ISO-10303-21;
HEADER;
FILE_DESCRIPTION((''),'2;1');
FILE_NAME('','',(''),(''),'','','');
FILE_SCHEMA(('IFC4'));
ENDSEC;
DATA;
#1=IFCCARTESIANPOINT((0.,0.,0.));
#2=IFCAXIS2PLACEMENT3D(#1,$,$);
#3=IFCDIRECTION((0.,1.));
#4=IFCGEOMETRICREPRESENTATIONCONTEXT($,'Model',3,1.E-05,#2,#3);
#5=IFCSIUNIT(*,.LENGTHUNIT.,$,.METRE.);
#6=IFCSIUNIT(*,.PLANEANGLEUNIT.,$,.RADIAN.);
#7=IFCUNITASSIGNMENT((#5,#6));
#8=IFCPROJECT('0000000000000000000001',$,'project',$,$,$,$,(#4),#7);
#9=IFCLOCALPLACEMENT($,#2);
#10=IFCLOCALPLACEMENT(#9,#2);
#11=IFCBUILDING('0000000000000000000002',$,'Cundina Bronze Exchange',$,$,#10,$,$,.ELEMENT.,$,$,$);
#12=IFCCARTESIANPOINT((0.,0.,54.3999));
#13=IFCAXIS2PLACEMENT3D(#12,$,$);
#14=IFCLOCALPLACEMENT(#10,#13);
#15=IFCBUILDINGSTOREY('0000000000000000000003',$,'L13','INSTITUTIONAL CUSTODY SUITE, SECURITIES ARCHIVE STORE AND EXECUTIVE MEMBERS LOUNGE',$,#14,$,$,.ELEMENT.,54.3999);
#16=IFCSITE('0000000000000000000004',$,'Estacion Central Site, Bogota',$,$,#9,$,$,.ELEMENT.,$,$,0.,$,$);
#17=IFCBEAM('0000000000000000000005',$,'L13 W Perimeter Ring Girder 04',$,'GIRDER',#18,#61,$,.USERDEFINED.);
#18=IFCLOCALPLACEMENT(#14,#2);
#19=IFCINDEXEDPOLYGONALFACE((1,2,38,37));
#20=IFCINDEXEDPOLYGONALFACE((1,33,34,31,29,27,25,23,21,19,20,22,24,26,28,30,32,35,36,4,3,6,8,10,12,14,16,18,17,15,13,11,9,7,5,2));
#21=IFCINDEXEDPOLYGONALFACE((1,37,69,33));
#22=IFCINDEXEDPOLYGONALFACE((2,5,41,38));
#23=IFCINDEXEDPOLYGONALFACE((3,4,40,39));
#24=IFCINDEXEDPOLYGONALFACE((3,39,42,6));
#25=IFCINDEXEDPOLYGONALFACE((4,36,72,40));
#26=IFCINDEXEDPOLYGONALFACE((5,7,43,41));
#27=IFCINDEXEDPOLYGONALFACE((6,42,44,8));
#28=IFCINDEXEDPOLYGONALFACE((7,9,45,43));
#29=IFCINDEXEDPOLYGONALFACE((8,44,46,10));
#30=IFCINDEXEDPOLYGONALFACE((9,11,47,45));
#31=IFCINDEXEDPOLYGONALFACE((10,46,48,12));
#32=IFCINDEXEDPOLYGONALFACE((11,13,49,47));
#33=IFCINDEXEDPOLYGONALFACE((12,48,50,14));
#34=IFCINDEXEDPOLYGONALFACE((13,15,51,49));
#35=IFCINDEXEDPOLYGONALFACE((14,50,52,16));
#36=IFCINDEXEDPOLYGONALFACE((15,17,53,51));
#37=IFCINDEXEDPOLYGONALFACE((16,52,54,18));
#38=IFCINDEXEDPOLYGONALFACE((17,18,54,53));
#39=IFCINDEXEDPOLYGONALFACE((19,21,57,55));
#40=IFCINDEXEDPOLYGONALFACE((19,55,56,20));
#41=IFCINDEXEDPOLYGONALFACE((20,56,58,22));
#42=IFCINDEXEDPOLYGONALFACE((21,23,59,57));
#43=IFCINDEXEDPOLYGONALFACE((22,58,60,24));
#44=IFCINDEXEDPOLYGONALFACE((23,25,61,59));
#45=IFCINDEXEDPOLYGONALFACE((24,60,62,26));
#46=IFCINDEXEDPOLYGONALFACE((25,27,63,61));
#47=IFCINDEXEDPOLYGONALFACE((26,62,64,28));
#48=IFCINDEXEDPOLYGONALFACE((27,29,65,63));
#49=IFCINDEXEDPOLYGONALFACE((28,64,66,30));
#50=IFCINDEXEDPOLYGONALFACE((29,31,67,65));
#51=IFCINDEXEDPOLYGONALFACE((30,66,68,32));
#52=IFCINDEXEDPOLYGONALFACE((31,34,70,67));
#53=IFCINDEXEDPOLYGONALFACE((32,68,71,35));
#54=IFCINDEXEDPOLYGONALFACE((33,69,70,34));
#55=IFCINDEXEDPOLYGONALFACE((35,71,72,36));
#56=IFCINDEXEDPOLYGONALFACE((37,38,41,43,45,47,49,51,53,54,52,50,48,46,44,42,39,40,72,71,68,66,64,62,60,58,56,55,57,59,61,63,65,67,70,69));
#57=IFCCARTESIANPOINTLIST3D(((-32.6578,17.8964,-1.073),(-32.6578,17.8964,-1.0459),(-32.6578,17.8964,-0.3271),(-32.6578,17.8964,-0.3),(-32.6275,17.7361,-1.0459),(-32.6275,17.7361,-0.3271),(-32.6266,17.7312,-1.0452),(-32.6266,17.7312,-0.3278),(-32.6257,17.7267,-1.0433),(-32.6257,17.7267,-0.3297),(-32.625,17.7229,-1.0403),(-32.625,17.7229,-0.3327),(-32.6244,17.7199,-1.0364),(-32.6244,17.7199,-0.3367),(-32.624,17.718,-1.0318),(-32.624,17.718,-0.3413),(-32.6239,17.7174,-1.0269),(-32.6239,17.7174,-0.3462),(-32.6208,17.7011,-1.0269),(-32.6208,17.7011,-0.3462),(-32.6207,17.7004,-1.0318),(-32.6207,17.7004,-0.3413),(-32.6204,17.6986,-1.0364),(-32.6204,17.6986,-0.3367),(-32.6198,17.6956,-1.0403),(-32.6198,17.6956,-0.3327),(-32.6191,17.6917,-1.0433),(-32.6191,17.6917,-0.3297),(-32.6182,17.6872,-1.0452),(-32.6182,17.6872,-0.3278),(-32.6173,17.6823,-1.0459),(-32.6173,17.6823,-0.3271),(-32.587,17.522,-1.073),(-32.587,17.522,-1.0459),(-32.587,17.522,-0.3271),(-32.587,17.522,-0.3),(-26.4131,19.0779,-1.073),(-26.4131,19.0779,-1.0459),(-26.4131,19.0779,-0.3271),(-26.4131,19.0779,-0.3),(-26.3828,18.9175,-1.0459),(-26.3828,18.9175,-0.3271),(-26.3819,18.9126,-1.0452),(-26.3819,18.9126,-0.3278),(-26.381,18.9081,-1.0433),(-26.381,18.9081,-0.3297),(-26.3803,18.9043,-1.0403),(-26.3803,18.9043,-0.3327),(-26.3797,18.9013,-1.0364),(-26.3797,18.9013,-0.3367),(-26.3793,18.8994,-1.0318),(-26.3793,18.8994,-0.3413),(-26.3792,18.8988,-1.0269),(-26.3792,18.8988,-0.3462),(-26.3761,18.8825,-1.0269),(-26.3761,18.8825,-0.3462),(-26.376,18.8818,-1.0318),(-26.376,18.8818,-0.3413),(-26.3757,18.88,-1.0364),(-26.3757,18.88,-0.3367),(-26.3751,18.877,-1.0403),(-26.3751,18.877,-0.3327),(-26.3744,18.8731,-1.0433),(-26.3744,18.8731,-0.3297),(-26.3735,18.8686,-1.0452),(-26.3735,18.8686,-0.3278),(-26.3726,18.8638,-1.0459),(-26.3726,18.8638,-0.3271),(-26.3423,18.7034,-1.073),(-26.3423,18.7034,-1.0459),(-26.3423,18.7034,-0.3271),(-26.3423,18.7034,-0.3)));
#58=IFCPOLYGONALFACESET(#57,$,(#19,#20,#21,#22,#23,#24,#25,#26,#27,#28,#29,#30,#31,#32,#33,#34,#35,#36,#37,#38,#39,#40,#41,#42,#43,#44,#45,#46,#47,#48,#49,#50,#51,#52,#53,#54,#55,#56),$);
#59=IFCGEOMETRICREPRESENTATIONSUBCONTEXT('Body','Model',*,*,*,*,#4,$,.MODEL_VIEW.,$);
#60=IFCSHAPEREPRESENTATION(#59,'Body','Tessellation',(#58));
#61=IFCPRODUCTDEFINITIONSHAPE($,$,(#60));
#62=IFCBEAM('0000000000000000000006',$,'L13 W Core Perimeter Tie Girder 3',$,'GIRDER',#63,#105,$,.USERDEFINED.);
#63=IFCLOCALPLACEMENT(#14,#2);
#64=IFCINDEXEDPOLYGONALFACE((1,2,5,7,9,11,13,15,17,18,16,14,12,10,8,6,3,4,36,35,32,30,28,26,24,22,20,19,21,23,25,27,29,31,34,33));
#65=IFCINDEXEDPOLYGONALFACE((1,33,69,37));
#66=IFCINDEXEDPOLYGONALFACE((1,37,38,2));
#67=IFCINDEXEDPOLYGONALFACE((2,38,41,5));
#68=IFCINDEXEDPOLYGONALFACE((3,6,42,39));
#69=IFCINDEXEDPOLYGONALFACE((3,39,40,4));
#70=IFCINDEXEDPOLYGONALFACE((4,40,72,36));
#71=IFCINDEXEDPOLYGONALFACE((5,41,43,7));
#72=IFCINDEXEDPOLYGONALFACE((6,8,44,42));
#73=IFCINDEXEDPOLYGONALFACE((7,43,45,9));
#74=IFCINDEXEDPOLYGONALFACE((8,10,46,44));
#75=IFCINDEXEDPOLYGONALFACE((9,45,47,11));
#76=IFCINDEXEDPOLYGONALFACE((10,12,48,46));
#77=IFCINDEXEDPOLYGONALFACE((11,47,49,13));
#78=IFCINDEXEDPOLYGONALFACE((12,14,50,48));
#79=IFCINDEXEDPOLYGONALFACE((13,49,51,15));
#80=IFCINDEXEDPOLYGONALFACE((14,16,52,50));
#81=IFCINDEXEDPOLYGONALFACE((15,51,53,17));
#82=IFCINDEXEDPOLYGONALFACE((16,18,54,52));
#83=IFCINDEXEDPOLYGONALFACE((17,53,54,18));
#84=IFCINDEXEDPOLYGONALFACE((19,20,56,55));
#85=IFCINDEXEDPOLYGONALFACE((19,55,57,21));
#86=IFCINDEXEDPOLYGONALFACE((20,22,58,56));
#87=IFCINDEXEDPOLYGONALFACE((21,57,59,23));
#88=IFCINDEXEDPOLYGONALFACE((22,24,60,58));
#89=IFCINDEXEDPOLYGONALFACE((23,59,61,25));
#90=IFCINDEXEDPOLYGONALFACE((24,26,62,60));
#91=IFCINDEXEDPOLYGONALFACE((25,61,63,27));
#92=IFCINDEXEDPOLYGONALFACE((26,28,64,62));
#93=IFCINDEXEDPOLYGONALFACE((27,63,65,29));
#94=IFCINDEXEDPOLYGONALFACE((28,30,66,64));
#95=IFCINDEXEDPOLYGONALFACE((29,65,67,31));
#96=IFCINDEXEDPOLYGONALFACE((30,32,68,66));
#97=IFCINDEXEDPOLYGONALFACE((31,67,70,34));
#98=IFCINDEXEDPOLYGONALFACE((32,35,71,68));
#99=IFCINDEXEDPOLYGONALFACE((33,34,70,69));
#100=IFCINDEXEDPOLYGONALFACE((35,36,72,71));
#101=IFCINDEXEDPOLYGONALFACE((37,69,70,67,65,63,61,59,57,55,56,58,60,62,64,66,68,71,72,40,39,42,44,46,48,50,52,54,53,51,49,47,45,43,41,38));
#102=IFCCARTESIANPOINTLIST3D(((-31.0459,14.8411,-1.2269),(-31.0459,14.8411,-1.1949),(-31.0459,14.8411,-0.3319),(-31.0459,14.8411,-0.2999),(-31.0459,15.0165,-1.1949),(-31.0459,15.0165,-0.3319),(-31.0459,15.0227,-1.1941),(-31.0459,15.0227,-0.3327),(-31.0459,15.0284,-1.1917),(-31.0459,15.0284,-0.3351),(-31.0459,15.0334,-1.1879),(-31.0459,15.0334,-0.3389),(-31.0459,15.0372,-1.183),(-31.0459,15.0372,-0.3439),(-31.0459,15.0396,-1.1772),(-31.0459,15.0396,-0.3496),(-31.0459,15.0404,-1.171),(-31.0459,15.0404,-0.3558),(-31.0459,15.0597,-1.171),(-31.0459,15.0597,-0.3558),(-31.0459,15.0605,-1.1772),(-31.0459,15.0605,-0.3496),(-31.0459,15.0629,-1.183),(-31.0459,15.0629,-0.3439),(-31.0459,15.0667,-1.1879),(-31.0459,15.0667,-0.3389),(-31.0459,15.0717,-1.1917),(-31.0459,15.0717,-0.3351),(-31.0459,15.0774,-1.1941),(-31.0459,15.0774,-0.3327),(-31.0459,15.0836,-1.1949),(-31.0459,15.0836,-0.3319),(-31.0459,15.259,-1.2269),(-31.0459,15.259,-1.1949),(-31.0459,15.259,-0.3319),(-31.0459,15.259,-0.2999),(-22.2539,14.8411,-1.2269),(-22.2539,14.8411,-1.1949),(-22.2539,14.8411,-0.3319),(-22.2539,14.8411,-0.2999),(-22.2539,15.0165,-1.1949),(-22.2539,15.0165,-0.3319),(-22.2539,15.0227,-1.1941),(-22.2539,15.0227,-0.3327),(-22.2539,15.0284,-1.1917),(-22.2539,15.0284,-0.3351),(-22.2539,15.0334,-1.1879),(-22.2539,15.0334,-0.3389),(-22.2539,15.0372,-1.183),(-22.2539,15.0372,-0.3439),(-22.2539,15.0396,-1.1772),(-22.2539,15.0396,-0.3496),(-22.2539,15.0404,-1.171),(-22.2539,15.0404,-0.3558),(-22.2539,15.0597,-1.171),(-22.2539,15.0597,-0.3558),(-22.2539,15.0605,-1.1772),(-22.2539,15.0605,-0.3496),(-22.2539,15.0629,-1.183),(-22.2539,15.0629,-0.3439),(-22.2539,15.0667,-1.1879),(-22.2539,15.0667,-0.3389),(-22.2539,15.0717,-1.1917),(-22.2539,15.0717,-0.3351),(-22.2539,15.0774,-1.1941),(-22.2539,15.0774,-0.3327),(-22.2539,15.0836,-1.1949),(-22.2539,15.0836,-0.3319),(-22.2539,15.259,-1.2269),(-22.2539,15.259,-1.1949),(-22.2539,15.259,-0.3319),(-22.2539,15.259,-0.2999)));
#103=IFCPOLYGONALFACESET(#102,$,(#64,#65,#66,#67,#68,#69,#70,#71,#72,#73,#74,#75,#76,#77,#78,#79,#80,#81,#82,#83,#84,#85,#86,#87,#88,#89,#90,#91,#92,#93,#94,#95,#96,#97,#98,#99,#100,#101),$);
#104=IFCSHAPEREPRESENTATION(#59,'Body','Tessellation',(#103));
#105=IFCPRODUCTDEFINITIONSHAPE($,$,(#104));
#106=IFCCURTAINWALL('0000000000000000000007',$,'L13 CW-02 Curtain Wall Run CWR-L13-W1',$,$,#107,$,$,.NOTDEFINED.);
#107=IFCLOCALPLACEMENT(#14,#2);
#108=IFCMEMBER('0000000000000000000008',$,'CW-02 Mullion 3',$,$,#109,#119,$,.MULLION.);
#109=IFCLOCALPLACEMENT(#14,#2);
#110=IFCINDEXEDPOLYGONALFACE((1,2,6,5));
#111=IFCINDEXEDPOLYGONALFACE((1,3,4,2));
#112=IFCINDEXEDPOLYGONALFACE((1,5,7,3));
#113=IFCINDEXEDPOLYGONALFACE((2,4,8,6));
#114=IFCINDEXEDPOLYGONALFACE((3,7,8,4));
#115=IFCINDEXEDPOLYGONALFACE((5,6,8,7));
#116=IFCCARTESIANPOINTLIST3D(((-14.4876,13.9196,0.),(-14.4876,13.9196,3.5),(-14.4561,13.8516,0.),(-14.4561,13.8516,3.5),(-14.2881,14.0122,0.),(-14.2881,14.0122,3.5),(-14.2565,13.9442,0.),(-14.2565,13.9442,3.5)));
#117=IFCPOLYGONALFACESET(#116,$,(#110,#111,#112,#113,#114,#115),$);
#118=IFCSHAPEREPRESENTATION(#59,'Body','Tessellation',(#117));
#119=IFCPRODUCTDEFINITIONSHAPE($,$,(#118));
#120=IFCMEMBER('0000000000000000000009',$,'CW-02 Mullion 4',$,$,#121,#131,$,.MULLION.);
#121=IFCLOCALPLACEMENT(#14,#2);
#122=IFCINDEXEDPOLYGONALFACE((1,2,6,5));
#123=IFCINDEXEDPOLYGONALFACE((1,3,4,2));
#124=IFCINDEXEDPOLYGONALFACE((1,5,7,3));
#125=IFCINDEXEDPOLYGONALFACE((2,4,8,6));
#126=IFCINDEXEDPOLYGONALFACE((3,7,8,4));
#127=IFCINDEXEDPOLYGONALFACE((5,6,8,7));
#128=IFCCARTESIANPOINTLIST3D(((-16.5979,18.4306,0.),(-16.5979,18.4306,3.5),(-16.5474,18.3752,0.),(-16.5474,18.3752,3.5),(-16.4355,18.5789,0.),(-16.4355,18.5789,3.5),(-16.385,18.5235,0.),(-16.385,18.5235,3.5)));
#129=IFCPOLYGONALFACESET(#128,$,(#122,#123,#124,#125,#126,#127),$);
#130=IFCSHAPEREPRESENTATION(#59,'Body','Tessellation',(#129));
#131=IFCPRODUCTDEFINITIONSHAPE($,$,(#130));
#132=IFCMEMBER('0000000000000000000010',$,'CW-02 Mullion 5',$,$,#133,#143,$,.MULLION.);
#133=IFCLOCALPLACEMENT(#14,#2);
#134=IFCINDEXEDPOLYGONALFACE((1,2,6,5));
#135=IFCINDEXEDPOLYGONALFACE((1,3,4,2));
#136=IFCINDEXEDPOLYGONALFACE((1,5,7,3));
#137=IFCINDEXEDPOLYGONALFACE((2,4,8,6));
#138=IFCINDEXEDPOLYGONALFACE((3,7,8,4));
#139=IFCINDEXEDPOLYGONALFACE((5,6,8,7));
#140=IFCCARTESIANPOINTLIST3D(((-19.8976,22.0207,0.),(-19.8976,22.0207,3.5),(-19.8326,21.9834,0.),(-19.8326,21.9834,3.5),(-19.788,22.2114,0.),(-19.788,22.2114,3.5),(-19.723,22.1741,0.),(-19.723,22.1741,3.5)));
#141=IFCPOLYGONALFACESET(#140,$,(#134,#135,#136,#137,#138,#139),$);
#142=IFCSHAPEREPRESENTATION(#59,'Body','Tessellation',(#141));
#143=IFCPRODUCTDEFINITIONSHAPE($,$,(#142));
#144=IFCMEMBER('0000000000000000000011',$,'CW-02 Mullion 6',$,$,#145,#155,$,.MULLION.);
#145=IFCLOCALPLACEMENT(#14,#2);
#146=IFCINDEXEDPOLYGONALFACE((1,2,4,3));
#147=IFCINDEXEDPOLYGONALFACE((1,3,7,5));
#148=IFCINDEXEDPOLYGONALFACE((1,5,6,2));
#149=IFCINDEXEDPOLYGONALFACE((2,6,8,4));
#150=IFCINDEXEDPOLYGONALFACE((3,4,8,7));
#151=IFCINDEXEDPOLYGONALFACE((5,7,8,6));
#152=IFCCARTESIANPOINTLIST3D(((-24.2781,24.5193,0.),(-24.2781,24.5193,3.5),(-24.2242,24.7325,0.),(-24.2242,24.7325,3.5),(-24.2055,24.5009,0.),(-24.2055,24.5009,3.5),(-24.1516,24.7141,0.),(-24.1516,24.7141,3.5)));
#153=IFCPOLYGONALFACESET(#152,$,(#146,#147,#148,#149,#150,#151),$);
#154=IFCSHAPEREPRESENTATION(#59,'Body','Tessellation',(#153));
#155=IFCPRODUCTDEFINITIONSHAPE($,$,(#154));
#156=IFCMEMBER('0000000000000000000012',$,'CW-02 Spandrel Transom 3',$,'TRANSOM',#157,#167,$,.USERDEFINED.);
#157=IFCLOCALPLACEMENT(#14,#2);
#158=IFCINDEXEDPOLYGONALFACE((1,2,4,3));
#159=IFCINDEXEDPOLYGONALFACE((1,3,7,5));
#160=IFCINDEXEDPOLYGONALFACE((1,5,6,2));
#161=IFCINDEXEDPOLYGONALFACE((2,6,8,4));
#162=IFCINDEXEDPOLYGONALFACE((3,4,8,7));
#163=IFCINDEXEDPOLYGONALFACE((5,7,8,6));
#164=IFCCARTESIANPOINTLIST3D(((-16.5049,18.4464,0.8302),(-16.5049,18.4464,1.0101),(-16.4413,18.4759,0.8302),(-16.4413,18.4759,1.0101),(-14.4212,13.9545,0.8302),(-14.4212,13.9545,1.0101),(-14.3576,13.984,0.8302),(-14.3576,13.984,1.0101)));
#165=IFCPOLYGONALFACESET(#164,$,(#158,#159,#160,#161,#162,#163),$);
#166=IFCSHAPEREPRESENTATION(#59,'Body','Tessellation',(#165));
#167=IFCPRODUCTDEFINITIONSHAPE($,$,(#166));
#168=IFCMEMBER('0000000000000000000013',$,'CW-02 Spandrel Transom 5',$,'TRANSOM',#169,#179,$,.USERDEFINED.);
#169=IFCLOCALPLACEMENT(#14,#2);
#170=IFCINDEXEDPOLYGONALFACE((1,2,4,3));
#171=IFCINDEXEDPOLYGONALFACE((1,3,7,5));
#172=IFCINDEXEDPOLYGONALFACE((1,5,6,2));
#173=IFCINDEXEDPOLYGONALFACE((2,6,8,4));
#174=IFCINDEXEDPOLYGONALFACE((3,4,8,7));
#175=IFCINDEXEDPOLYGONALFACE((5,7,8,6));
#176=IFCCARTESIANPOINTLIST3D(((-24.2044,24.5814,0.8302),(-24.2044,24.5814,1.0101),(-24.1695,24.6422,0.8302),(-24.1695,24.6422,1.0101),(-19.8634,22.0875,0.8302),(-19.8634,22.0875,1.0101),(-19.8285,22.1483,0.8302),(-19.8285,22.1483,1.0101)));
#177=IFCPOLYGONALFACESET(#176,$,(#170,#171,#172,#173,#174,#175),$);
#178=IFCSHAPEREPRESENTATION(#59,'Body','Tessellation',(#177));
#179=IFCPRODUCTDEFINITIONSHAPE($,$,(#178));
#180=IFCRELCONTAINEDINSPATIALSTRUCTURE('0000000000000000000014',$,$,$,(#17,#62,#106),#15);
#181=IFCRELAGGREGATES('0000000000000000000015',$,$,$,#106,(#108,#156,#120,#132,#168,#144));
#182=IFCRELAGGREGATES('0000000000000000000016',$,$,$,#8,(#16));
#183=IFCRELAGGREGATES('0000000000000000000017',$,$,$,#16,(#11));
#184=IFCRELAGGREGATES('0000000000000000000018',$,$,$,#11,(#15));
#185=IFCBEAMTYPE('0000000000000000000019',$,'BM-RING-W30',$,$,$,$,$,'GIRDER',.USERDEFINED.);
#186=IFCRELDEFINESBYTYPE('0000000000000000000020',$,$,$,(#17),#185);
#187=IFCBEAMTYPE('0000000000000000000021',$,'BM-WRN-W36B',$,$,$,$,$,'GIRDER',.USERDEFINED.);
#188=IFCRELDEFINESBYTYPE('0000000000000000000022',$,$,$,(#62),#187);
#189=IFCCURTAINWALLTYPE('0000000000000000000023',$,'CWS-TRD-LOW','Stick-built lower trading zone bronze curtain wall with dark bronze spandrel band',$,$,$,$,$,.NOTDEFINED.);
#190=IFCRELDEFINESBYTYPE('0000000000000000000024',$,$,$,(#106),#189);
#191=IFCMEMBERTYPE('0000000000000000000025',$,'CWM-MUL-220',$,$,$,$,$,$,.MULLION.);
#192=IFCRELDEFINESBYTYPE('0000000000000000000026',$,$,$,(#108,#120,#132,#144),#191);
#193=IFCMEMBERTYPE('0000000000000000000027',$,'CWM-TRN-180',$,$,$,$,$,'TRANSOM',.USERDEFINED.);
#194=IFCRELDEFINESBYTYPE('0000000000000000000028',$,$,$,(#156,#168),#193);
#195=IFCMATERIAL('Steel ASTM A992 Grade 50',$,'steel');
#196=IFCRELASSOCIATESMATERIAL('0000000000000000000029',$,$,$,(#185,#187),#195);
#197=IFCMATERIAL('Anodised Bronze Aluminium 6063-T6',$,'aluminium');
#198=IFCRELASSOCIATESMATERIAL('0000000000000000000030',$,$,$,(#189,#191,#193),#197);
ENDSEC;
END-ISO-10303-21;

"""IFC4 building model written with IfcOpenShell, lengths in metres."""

from ifc_helpers import new_model, si_unit, direction, frame, origin, origin_2d, place, context, subcontext, project, spatial, rectangle, i_section, extrude, material, material_profile, profile_set, type_object, element, aggregate, save


model = new_model("IFC4")

# Units and contexts
model_context = context("Model", 3, precision=1e-05, world=origin(), true_north=direction((0.0, 1.0)))
body_context = subcontext(model_context, "Body", "Model", "MODEL_VIEW")
ifc_project = project(units=[si_unit("LENGTHUNIT", "METRE"), si_unit("PLANEANGLEUNIT", "RADIAN")], contexts=[model_context])

# Site, building, storey
site_placement = place(None, origin())
site = spatial("IfcSite", under=ifc_project, at=site_placement, Name="Estacion Central Site, Bogota", CompositionType="ELEMENT", RefElevation=0.0)
building_placement = place(site_placement, origin())
building = spatial("IfcBuilding", under=site, at=building_placement, Name="Cundina Bronze Exchange", CompositionType="ELEMENT")
storey_placement = place(building_placement, frame((0.0, 0.0, 54.3999)))
storey = spatial("IfcBuildingStorey", under=building, at=storey_placement, Name="L13", Description="INSTITUTIONAL CUSTODY SUITE, SECURITIES ARCHIVE STORE AND EXECUTIVE MEMBERS LOUNGE", CompositionType="ELEMENT", Elevation=54.3999)

# Shared definitions
ifc_material_1 = material(Name="Steel ASTM A992 Grade 50", Category="steel")

# Beams
ifc_material_profile_1 = material_profile(ifc_material_1, i_section(OverallWidth=0.3811, OverallDepth=0.7729, WebThickness=0.0166, FlangeThickness=0.0271, FilletRadius=0.019, at=origin_2d()), Name="W30X173", Category="steel")
ifc_profile_set_1 = profile_set([ifc_material_profile_1], Name="Steel ASTM A992 Grade 50")
beam_type_1 = type_object("IfcBeamType", Name="BM-RING-W30", ElementType="GIRDER", PredefinedType="USERDEFINED", material=ifc_profile_set_1)
beam_1_placement = place(storey_placement, frame((-26.3777, 18.8906, -0.6865), z_axis=(-0.982571, -0.185889, 0.0), x_axis=(0.185889, -0.982571, 0.0)))
element("IfcBeam", 1, at=beam_1_placement, inside=storey, type_object=beam_type_1, Name="L13 W Perimeter Ring Girder 04", ObjectType="GIRDER", PredefinedType="USERDEFINED", context=body_context, shape_type="SweptSolid", body=[
    extrude(i_section(OverallWidth=0.3811, OverallDepth=0.7729, WebThickness=0.0166, FlangeThickness=0.0271, FilletRadius=0.019, at=origin_2d()), origin(), (0.0, 0.0, 1.0), 6.3555),
])
ifc_material_profile_2 = material_profile(ifc_material_1, i_section(OverallWidth=0.418, OverallDepth=0.927, WebThickness=0.0193, FlangeThickness=0.032, FilletRadius=0.0239, at=origin_2d()), Name="W36X231", Category="steel")
ifc_profile_set_2 = profile_set([ifc_material_profile_2], Name="Steel ASTM A992 Grade 50")
beam_type_2 = type_object("IfcBeamType", Name="BM-WRN-W36B", ElementType="GIRDER", PredefinedType="USERDEFINED", material=ifc_profile_set_2)
beam_2_placement = place(storey_placement, frame((-22.2539, 15.05, -0.7634), z_axis=(-1.0, 0.0, 0.0), x_axis=(0.0, -1.0, 0.0)))
element("IfcBeam", 2, at=beam_2_placement, inside=storey, type_object=beam_type_2, Name="L13 W Core Perimeter Tie Girder 3", ObjectType="GIRDER", PredefinedType="USERDEFINED", context=body_context, shape_type="SweptSolid", body=[
    extrude(i_section(OverallWidth=0.418, OverallDepth=0.927, WebThickness=0.0193, FlangeThickness=0.032, FilletRadius=0.0239, at=origin_2d()), origin(), (0.0, 0.0, 1.0), 8.792),
])

# Curtain wall, members
ifc_material_2 = material(Name="Anodised Bronze Aluminium 6063-T6", Category="aluminium")
curtain_wall_type = type_object("IfcCurtainWallType", Name="CWS-TRD-LOW", Description="Stick-built lower trading zone bronze curtain wall with dark bronze spandrel band", PredefinedType="NOTDEFINED", material=ifc_material_2)
curtain_wall_placement = place(storey_placement, origin())
curtain_wall = element("IfcCurtainWall", 3, at=curtain_wall_placement, inside=storey, type_object=curtain_wall_type, Name="L13 CW-02 Curtain Wall Run CWR-L13-W1", PredefinedType="NOTDEFINED")
ifc_material_profile_3 = material_profile(ifc_material_2, rectangle(XDim=0.075, YDim=0.22, at=origin_2d()), Name="AL75X220", Category="aluminium")
ifc_profile_set_3 = profile_set([ifc_material_profile_3], Name="Anodised Bronze Aluminium 6063-T6")
member_type_1 = type_object("IfcMemberType", Name="CWM-MUL-220", PredefinedType="MULLION", material=ifc_profile_set_3)
member_1_placement = place(storey_placement, frame((-14.3721, 13.9319, 0.0), z_axis=(0.0, 0.0, 1.0), x_axis=(-0.420877, 0.907117, 0.0)))
member_1 = element("IfcMember", 4, at=member_1_placement, type_object=member_type_1, Name="CW-02 Mullion 3", PredefinedType="MULLION", context=body_context, shape_type="SweptSolid", body=[
    extrude(rectangle(XDim=0.075, YDim=0.22, at=origin_2d()), origin(), (0.0, 0.0, 1.0), 3.5),
])
member_2_placement = place(storey_placement, frame((-16.4915, 18.4771, 0.0), z_axis=(0.0, 0.0, 1.0), x_axis=(-0.674302, 0.738455, 0.0)))
member_2 = element("IfcMember", 5, at=member_2_placement, type_object=member_type_1, Name="CW-02 Mullion 4", PredefinedType="MULLION", context=body_context, shape_type="SweptSolid", body=[
    extrude(rectangle(XDim=0.075, YDim=0.22, at=origin_2d()), origin(), (0.0, 0.0, 1.0), 3.5),
])
member_3_placement = place(storey_placement, frame((-19.8103, 22.0974, 0.0), z_axis=(0.0, 0.0, 1.0), x_axis=(-0.867071, 0.498185, 0.0)))
member_3 = element("IfcMember", 6, at=member_3_placement, type_object=member_type_1, Name="CW-02 Mullion 5", PredefinedType="MULLION", context=body_context, shape_type="SweptSolid", body=[
    extrude(rectangle(XDim=0.075, YDim=0.22, at=origin_2d()), origin(), (0.0, 0.0, 1.0), 3.5),
])
member_4_placement = place(storey_placement, frame((-24.2148, 24.6167, 0.0), z_axis=(0.0, 0.0, 1.0), x_axis=(-0.969488, 0.245138, 0.0)))
member_4 = element("IfcMember", 7, at=member_4_placement, type_object=member_type_1, Name="CW-02 Mullion 6", PredefinedType="MULLION", context=body_context, shape_type="SweptSolid", body=[
    extrude(rectangle(XDim=0.075, YDim=0.22, at=origin_2d()), origin(), (0.0, 0.0, 1.0), 3.5),
])
ifc_material_profile_4 = material_profile(ifc_material_2, rectangle(XDim=0.0701, YDim=0.1799, at=origin_2d()), Name="AL70X180", Category="aluminium")
ifc_profile_set_4 = profile_set([ifc_material_profile_4], Name="Anodised Bronze Aluminium 6063-T6")
member_type_2 = type_object("IfcMemberType", Name="CWM-TRN-180", ElementType="TRANSOM", PredefinedType="USERDEFINED", material=ifc_profile_set_4)
member_5_placement = place(storey_placement, frame((-14.3894, 13.9692, 0.9202), z_axis=(-0.420811, 0.907148, 0.0), x_axis=(-0.907148, -0.420811, 0.0)))
member_5 = element("IfcMember", 8, at=member_5_placement, type_object=member_type_2, Name="CW-02 Spandrel Transom 3", ObjectType="TRANSOM", PredefinedType="USERDEFINED", context=body_context, shape_type="SweptSolid", body=[
    extrude(rectangle(XDim=0.0701, YDim=0.1799, at=origin_2d()), origin(), (0.0, 0.0, 1.0), 4.9517),
])
member_6_placement = place(storey_placement, frame((-19.8459, 22.1179, 0.9202), z_axis=(-0.867097, 0.498139, 0.0), x_axis=(-0.498139, -0.867097, 0.0)))
member_6 = element("IfcMember", 9, at=member_6_placement, type_object=member_type_2, Name="CW-02 Spandrel Transom 5", ObjectType="TRANSOM", PredefinedType="USERDEFINED", context=body_context, shape_type="SweptSolid", body=[
    extrude(rectangle(XDim=0.0701, YDim=0.1799, at=origin_2d()), origin(), (0.0, 0.0, 1.0), 5.0063),
])
aggregate(curtain_wall, [member_1, member_5, member_2, member_3, member_6, member_4])

save(model, "model.ifc")
